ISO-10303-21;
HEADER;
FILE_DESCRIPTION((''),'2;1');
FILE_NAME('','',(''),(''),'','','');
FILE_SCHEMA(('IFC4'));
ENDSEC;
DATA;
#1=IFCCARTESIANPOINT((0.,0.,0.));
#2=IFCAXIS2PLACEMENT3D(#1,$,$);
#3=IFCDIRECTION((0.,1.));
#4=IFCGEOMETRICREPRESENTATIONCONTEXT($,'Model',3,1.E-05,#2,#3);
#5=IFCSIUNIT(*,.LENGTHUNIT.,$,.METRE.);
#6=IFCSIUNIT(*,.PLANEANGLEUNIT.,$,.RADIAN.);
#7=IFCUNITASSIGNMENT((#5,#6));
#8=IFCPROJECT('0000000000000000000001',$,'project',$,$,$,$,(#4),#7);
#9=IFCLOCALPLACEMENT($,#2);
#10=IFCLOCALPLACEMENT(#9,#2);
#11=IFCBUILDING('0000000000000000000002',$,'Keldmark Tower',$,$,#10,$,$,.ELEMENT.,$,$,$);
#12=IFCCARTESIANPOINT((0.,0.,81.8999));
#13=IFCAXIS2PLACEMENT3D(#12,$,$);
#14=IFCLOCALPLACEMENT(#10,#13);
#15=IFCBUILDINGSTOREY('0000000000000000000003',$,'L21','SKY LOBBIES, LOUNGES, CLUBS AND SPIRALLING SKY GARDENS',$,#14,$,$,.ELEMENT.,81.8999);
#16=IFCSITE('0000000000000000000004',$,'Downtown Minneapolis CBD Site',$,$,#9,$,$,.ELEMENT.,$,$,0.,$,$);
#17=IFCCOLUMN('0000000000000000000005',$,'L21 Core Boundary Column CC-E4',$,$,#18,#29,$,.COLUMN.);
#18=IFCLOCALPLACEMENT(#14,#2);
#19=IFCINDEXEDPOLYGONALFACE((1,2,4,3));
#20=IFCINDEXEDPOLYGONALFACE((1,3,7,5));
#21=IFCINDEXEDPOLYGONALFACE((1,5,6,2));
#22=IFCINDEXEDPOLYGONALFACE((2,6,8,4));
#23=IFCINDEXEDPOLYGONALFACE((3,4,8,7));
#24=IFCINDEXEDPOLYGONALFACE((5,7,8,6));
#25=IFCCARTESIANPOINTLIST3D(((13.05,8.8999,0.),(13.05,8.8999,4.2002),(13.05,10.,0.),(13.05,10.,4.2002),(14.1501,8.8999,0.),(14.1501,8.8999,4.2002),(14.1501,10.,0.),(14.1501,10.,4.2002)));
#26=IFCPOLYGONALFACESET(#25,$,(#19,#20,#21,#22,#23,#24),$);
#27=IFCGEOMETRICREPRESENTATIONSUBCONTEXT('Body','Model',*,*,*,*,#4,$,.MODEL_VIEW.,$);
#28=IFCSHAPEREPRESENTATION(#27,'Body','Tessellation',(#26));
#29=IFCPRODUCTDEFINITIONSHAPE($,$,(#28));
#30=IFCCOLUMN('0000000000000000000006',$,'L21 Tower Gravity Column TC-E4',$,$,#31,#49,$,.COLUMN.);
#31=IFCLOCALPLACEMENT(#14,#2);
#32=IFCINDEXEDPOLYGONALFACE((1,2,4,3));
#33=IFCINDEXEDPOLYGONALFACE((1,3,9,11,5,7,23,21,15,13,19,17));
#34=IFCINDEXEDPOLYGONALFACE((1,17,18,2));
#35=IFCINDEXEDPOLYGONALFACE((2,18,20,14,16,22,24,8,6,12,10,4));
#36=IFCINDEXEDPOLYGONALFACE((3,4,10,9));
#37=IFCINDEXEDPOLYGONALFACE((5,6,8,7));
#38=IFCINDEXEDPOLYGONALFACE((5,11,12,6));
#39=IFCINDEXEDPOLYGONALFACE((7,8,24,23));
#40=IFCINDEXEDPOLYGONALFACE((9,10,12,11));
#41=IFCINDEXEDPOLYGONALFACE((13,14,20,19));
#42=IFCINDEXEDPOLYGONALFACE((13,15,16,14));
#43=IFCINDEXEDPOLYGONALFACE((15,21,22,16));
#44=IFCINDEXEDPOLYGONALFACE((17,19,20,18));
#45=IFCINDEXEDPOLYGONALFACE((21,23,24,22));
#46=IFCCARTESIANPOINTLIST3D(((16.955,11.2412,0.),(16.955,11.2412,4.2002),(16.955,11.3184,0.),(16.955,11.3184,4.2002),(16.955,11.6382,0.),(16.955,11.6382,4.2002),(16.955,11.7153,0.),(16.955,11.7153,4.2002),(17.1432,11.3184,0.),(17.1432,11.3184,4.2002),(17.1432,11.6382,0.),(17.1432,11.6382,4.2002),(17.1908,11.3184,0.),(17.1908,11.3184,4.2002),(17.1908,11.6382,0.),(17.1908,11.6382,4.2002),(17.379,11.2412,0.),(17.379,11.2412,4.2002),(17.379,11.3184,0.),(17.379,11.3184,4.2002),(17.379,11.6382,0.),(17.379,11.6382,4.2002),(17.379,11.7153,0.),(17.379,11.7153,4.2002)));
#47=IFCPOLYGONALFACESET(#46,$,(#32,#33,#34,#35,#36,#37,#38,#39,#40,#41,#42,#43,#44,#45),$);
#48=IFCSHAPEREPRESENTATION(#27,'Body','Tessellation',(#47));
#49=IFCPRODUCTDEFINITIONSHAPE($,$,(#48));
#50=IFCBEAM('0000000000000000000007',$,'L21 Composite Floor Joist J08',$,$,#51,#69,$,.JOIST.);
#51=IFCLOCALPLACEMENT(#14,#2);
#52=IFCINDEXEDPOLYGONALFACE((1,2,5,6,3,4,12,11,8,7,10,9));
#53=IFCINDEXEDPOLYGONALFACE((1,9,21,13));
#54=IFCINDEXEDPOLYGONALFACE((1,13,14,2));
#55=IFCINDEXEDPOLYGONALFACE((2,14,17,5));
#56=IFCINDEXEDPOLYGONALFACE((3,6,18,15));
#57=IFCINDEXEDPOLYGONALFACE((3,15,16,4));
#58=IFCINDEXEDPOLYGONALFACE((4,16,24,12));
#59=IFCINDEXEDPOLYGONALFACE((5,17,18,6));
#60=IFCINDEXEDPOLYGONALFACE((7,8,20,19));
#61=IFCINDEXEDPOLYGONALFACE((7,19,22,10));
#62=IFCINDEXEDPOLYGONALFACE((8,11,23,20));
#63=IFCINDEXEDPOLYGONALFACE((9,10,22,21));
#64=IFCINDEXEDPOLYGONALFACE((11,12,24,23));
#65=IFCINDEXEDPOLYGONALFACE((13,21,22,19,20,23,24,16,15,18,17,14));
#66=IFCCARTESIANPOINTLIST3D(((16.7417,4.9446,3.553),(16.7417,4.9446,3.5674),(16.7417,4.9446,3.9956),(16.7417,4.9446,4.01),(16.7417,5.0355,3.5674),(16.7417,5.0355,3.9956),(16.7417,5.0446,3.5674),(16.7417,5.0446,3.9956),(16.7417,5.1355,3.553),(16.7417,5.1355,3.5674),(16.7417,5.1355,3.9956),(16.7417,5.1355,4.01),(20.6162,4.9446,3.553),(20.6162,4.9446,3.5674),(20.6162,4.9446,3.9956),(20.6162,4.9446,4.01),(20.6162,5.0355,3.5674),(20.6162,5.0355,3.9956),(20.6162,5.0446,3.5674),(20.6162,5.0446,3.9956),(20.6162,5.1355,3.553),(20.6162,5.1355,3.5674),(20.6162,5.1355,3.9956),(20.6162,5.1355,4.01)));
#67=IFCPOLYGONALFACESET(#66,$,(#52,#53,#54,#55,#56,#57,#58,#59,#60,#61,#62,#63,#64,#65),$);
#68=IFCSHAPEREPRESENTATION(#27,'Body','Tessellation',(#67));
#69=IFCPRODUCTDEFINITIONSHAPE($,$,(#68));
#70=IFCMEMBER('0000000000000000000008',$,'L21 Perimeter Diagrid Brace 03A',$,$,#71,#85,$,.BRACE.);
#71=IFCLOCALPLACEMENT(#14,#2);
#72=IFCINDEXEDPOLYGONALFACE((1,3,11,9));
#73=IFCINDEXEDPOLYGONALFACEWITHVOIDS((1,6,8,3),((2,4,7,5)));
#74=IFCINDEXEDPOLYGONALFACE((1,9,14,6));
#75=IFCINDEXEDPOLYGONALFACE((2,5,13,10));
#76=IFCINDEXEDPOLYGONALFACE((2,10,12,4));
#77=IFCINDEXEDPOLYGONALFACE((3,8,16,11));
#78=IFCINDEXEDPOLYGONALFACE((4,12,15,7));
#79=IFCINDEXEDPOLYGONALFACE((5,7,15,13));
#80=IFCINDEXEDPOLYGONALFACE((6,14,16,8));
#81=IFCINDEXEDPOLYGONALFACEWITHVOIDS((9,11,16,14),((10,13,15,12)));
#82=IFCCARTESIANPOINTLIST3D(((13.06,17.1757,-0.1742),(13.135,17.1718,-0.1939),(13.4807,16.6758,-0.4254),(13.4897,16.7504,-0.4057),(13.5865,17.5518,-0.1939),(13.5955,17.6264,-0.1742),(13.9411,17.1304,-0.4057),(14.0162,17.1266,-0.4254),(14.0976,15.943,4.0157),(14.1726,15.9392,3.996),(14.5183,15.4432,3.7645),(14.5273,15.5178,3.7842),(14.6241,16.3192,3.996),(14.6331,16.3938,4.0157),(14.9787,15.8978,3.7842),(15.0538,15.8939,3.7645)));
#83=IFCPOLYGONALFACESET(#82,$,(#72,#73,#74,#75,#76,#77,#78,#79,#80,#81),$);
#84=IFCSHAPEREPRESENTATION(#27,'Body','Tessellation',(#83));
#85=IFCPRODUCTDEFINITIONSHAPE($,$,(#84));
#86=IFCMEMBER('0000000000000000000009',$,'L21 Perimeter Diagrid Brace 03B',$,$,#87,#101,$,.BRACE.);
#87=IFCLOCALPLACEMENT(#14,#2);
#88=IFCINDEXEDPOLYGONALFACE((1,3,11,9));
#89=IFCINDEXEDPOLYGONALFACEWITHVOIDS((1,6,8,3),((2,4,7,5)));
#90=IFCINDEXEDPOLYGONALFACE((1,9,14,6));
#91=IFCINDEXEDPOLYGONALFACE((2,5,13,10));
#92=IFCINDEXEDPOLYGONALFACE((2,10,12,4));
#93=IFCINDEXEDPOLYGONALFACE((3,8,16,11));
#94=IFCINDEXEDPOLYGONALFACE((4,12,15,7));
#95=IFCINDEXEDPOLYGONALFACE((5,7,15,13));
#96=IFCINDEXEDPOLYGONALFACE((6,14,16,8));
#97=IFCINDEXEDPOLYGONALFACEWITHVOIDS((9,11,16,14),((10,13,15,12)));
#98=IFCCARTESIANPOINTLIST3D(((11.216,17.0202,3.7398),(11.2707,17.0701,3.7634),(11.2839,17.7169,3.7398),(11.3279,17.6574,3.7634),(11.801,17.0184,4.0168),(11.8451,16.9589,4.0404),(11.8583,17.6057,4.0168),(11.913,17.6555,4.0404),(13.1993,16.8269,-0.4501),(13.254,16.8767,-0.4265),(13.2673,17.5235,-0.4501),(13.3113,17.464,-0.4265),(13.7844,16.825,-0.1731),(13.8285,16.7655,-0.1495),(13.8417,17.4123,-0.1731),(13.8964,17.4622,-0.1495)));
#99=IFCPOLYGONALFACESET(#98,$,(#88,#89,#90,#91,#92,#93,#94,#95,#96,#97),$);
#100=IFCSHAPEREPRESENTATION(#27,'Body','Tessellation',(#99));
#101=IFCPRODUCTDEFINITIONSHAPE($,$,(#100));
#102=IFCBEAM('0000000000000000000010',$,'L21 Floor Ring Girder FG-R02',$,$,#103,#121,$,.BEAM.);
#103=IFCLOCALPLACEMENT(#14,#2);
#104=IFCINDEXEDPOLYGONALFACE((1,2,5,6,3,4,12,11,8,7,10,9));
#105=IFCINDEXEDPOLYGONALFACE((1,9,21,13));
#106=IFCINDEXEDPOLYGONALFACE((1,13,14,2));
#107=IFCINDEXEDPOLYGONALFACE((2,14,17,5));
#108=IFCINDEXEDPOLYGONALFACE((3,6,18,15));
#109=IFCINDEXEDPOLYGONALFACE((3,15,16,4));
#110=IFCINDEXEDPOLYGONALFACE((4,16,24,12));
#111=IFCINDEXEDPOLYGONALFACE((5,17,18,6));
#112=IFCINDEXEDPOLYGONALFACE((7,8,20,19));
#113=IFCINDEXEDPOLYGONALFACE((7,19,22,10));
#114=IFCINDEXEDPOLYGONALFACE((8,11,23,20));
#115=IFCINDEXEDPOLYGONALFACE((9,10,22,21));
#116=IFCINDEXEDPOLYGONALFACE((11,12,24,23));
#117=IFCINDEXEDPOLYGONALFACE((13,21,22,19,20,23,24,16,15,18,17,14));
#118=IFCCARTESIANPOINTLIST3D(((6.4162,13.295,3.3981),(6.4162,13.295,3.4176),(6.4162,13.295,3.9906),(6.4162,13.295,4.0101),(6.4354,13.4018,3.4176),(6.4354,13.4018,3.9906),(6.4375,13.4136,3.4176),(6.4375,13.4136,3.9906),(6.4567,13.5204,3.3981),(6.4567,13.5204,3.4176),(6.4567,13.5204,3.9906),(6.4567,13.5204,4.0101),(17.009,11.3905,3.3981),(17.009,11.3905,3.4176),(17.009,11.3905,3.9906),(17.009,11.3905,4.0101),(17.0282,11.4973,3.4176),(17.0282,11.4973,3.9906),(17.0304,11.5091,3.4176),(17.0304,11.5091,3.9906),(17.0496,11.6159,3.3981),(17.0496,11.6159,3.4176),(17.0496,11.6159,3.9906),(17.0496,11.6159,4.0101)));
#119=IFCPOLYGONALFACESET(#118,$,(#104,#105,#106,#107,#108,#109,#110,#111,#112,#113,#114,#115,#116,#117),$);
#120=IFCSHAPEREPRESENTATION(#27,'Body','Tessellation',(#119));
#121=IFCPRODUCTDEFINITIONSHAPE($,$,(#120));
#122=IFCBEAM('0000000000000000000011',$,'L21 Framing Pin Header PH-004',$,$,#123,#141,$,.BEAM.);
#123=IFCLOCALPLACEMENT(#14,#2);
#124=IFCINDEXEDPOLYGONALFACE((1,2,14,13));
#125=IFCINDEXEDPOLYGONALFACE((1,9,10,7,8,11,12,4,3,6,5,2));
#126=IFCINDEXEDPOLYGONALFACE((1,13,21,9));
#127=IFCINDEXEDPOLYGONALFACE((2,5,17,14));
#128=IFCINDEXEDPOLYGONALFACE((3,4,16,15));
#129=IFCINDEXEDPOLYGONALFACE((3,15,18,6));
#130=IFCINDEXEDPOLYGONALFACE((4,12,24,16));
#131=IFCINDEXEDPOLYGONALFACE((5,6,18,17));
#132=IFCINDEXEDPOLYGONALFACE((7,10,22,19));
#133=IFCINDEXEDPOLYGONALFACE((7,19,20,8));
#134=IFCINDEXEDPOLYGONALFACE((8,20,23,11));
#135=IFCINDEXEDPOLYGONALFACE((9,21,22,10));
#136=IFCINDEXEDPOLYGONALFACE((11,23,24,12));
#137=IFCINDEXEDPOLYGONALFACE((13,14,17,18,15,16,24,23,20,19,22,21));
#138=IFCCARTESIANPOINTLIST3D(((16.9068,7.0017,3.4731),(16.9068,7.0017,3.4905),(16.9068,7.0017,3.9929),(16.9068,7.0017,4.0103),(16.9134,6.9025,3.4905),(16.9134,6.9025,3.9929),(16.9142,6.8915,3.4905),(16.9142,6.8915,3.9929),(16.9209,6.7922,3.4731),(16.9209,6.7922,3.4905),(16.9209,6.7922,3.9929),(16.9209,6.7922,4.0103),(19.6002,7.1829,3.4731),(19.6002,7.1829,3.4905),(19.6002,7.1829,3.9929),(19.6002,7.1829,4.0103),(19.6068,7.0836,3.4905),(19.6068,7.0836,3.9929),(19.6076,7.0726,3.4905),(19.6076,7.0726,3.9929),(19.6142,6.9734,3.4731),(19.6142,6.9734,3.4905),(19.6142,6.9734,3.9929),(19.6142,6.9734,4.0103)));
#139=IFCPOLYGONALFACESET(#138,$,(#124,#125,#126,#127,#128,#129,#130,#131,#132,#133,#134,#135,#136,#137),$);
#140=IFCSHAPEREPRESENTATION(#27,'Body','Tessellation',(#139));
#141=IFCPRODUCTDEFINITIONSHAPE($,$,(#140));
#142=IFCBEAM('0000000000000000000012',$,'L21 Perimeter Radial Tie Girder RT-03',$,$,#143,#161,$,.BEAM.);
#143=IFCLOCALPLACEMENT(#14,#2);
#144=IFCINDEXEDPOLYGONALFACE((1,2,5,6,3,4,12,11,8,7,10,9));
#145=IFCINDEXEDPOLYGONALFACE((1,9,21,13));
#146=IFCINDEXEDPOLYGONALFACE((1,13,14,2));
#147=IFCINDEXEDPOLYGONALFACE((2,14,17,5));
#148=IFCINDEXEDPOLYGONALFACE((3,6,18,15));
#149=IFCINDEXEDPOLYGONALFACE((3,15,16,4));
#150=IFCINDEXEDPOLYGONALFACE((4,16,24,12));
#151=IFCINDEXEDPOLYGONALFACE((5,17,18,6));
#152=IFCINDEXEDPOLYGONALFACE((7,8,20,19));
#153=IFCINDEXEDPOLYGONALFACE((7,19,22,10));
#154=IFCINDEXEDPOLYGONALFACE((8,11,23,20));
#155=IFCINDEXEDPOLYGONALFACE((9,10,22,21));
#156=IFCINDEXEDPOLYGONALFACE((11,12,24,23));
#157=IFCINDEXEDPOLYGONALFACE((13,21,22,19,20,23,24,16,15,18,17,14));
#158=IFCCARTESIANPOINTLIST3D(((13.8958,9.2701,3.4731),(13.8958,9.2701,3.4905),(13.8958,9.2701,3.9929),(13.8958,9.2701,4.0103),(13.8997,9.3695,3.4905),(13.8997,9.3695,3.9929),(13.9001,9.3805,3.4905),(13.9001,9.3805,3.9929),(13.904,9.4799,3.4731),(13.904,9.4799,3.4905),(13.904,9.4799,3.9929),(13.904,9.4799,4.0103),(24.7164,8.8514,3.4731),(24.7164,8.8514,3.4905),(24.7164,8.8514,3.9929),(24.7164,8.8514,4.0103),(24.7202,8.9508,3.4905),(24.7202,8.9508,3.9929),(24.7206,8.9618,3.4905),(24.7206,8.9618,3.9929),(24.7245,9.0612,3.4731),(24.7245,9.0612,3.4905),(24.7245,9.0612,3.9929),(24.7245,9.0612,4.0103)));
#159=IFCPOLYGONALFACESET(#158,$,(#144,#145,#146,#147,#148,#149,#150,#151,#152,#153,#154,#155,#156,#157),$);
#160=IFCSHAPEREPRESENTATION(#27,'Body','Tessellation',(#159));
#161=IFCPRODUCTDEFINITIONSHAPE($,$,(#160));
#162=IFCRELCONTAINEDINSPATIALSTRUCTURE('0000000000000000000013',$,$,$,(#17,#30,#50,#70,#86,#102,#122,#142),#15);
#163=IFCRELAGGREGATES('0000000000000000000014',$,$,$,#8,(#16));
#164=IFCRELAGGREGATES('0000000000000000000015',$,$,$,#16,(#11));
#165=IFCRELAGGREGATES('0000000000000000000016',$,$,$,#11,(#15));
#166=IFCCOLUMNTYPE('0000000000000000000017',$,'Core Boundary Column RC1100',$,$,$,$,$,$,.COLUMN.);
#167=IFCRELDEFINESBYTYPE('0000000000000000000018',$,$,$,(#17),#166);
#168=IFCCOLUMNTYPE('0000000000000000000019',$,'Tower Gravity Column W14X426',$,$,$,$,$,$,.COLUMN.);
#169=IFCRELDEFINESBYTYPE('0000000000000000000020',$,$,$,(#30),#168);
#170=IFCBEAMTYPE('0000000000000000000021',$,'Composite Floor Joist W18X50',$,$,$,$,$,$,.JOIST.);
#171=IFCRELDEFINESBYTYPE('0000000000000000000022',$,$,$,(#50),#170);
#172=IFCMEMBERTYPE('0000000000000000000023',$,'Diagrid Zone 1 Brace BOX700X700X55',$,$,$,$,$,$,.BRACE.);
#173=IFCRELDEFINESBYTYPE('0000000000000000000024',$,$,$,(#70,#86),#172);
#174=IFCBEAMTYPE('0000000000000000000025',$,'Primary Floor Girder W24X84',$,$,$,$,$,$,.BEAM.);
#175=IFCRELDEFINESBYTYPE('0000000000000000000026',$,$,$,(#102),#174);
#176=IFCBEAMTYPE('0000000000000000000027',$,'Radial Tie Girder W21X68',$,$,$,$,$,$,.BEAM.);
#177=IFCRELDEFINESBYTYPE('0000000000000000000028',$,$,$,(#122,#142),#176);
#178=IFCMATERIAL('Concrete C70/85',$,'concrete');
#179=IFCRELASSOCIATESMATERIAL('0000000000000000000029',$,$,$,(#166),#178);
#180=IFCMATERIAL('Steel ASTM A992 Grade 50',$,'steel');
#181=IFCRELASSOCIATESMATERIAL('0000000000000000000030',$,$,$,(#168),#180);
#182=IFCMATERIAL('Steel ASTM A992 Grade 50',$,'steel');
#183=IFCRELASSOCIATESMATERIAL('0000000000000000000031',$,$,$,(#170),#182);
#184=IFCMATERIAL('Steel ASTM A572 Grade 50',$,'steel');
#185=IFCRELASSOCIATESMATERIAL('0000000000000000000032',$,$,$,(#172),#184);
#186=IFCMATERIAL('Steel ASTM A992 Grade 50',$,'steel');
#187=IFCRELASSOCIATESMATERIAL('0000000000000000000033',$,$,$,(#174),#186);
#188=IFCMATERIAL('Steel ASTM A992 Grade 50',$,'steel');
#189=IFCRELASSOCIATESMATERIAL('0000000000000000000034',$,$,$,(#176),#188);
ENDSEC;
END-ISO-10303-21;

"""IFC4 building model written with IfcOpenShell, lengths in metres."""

from ifc_helpers import new_model, si_unit, direction, frame, origin, origin_2d, place, context, subcontext, project, spatial, rectangle, hollow_rectangle, i_section, extrude, material, material_profile, profile_set, type_object, element, save


model = new_model("IFC4")

# Units and contexts
model_context = context("Model", 3, precision=1e-05, world=origin(), true_north=direction((0.0, 1.0)))
body_context = subcontext(model_context, "Body", "Model", "MODEL_VIEW")
ifc_project = project(units=[si_unit("LENGTHUNIT", "METRE"), si_unit("PLANEANGLEUNIT", "RADIAN")], contexts=[model_context])

# Site, building, storey
site_placement = place(None, origin())
site = spatial("IfcSite", under=ifc_project, at=site_placement, Name="Downtown Minneapolis CBD Site", CompositionType="ELEMENT", RefElevation=0.0)
building_placement = place(site_placement, origin())
building = spatial("IfcBuilding", under=site, at=building_placement, Name="Keldmark Tower", CompositionType="ELEMENT")
storey_placement = place(building_placement, frame((0.0, 0.0, 81.8999)))
storey = spatial("IfcBuildingStorey", under=building, at=storey_placement, Name="L21", Description="SKY LOBBIES, LOUNGES, CLUBS AND SPIRALLING SKY GARDENS", CompositionType="ELEMENT", Elevation=81.8999)

# Columns
ifc_material_1 = material(Name="Concrete C70/85", Category="concrete")
ifc_material_profile_1 = material_profile(ifc_material_1, rectangle(XDim=1.1001, YDim=1.1001, at=origin_2d()), Name="RC1100X1100")
ifc_profile_set_1 = profile_set([ifc_material_profile_1], Name="Concrete C70/85")
column_type_1 = type_object("IfcColumnType", Name="Core Boundary Column RC1100", PredefinedType="COLUMN", material=ifc_profile_set_1)
column_1_placement = place(storey_placement, frame((13.6001, 9.45, 0.0), z_axis=(0.0, 0.0, 1.0), x_axis=(1.0, 0.0, 0.0)))
element("IfcColumn", 1, at=column_1_placement, inside=storey, type_object=column_type_1, Name="L21 Core Boundary Column CC-E4", PredefinedType="COLUMN", context=body_context, shape_type="SweptSolid", body=[
    extrude(rectangle(XDim=1.1001, YDim=1.1001, at=origin_2d()), origin(), (0.0, 0.0, 1.0), 4.2002),
])
ifc_material_2 = material(Name="Steel ASTM A992 Grade 50", Category="steel")
ifc_material_profile_2 = material_profile(ifc_material_2, i_section(OverallWidth=0.4241, OverallDepth=0.4741, WebThickness=0.0476, FlangeThickness=0.0771, at=origin_2d()), Name="W14X426")
ifc_profile_set_2 = profile_set([ifc_material_profile_2], Name="Steel ASTM A992 Grade 50")
column_type_2 = type_object("IfcColumnType", Name="Tower Gravity Column W14X426", PredefinedType="COLUMN", material=ifc_profile_set_2)
column_2_placement = place(storey_placement, frame((17.167, 11.4783, 0.0), z_axis=(0.0, 0.0, 1.0), x_axis=(1.0, 0.0, 0.0)))
element("IfcColumn", 2, at=column_2_placement, inside=storey, type_object=column_type_2, Name="L21 Tower Gravity Column TC-E4", PredefinedType="COLUMN", context=body_context, shape_type="SweptSolid", body=[
    extrude(i_section(OverallWidth=0.4241, OverallDepth=0.4741, WebThickness=0.0476, FlangeThickness=0.0771, at=origin_2d()), origin(), (0.0, 0.0, 1.0), 4.2002),
])

# Beam
ifc_material_3 = material(Name="Steel ASTM A992 Grade 50", Category="steel")
ifc_material_profile_3 = material_profile(ifc_material_3, i_section(OverallWidth=0.1909, OverallDepth=0.457, WebThickness=0.009, FlangeThickness=0.0144, at=origin_2d()), Name="W18X50")
ifc_profile_set_3 = profile_set([ifc_material_profile_3], Name="Steel ASTM A992 Grade 50")
beam_type_1 = type_object("IfcBeamType", Name="Composite Floor Joist W18X50", PredefinedType="JOIST", material=ifc_profile_set_3)
beam_1_placement = place(storey_placement, frame((16.7417, 5.04, 3.7815), z_axis=(1.0, 0.0, 0.0), x_axis=(0.0, 1.0, 0.0)))
element("IfcBeam", 3, at=beam_1_placement, inside=storey, type_object=beam_type_1, Name="L21 Composite Floor Joist J08", PredefinedType="JOIST", context=body_context, shape_type="SweptSolid", body=[
    extrude(i_section(OverallWidth=0.1909, OverallDepth=0.457, WebThickness=0.009, FlangeThickness=0.0144, at=origin_2d()), origin(), (0.0, 0.0, 1.0), 3.8745),
])

# Members
ifc_material_4 = material(Name="Steel ASTM A572 Grade 50", Category="steel")
ifc_material_profile_4 = material_profile(ifc_material_4, hollow_rectangle(XDim=0.7, YDim=0.7, WallThickness=0.0549, at=origin_2d()), Name="BOX700X700X55")
ifc_profile_set_4 = profile_set([ifc_material_profile_4], Name="Steel ASTM A572 Grade 50")
member_type = type_object("IfcMemberType", Name="Diagrid Zone 1 Brace BOX700X700X55", PredefinedType="BRACE", material=ifc_profile_set_4)
member_1_placement = place(storey_placement, frame((13.5381, 17.1511, -0.2998), z_axis=(0.231139, -0.274593, 0.933367), x_axis=(0.765045, 0.643977, 0.0)))
element("IfcMember", 4, at=member_1_placement, inside=storey, type_object=member_type, Name="L21 Perimeter Diagrid Brace 03A", PredefinedType="BRACE", context=body_context, shape_type="SweptSolid", body=[
    extrude(hollow_rectangle(XDim=0.7, YDim=0.7, WallThickness=0.0549, at=origin_2d()), origin(), (0.0, 0.0, 1.0), 4.489),
])
member_2_placement = place(storey_placement, frame((13.5479, 17.1445, -0.2998), z_axis=(-0.427484, 0.041675, 0.903062), x_axis=(-0.097029, -0.995282, 0.0)))
element("IfcMember", 5, at=member_2_placement, inside=storey, type_object=member_type, Name="L21 Perimeter Diagrid Brace 03B", PredefinedType="BRACE", context=body_context, shape_type="SweptSolid", body=[
    extrude(hollow_rectangle(XDim=0.7, YDim=0.7, WallThickness=0.0549, at=origin_2d()), origin(), (0.0, 0.0, 1.0), 4.6396),
])

# Beams
ifc_material_5 = material(Name="Steel ASTM A992 Grade 50", Category="steel")
ifc_material_profile_5 = material_profile(ifc_material_5, i_section(OverallWidth=0.229, OverallDepth=0.6121, WebThickness=0.012, FlangeThickness=0.0195, at=origin_2d()), Name="W24X84")
ifc_profile_set_5 = profile_set([ifc_material_profile_5], Name="Steel ASTM A992 Grade 50")
beam_type_2 = type_object("IfcBeamType", Name="Primary Floor Girder W24X84", PredefinedType="BEAM", material=ifc_profile_set_5)
beam_2_placement = place(storey_placement, frame((17.0293, 11.5032, 3.7041), z_axis=(-0.984218, 0.176959, 0.0), x_axis=(-0.176959, -0.984218, 0.0)))
element("IfcBeam", 6, at=beam_2_placement, inside=storey, type_object=beam_type_2, Name="L21 Floor Ring Girder FG-R02", PredefinedType="BEAM", context=body_context, shape_type="SweptSolid", body=[
    extrude(i_section(OverallWidth=0.229, OverallDepth=0.6121, WebThickness=0.012, FlangeThickness=0.0195, at=origin_2d()), origin(), (0.0, 0.0, 1.0), 10.7627),
])
ifc_material_6 = material(Name="Steel ASTM A992 Grade 50", Category="steel")
ifc_material_profile_6 = material_profile(ifc_material_6, i_section(OverallWidth=0.21, OverallDepth=0.5371, WebThickness=0.011, FlangeThickness=0.0173, at=origin_2d()), Name="W21X68")
ifc_profile_set_6 = profile_set([ifc_material_profile_6], Name="Steel ASTM A992 Grade 50")
beam_type_3 = type_object("IfcBeamType", Name="Radial Tie Girder W21X68", PredefinedType="BEAM", material=ifc_profile_set_6)
beam_3_placement = place(storey_placement, frame((16.9138, 6.897, 3.7417), z_axis=(0.997746, 0.067107, 0.0), x_axis=(-0.067107, 0.997746, 0.0)))
element("IfcBeam", 7, at=beam_3_placement, inside=storey, type_object=beam_type_3, Name="L21 Framing Pin Header PH-004", PredefinedType="BEAM", context=body_context, shape_type="SweptSolid", body=[
    extrude(i_section(OverallWidth=0.21, OverallDepth=0.5371, WebThickness=0.011, FlangeThickness=0.0173, at=origin_2d()), origin(), (0.0, 0.0, 1.0), 2.6995),
])
beam_4_placement = place(storey_placement, frame((13.8999, 9.375, 3.7417), z_axis=(0.999252, -0.038666, 0.0), x_axis=(0.038666, 0.999252, 0.0)))
element("IfcBeam", 8, at=beam_4_placement, inside=storey, type_object=beam_type_3, Name="L21 Perimeter Radial Tie Girder RT-03", PredefinedType="BEAM", context=body_context, shape_type="SweptSolid", body=[
    extrude(i_section(OverallWidth=0.21, OverallDepth=0.5371, WebThickness=0.011, FlangeThickness=0.0173, at=origin_2d()), origin(), (0.0, 0.0, 1.0), 10.8286),
])

save(model, "model.ifc")
